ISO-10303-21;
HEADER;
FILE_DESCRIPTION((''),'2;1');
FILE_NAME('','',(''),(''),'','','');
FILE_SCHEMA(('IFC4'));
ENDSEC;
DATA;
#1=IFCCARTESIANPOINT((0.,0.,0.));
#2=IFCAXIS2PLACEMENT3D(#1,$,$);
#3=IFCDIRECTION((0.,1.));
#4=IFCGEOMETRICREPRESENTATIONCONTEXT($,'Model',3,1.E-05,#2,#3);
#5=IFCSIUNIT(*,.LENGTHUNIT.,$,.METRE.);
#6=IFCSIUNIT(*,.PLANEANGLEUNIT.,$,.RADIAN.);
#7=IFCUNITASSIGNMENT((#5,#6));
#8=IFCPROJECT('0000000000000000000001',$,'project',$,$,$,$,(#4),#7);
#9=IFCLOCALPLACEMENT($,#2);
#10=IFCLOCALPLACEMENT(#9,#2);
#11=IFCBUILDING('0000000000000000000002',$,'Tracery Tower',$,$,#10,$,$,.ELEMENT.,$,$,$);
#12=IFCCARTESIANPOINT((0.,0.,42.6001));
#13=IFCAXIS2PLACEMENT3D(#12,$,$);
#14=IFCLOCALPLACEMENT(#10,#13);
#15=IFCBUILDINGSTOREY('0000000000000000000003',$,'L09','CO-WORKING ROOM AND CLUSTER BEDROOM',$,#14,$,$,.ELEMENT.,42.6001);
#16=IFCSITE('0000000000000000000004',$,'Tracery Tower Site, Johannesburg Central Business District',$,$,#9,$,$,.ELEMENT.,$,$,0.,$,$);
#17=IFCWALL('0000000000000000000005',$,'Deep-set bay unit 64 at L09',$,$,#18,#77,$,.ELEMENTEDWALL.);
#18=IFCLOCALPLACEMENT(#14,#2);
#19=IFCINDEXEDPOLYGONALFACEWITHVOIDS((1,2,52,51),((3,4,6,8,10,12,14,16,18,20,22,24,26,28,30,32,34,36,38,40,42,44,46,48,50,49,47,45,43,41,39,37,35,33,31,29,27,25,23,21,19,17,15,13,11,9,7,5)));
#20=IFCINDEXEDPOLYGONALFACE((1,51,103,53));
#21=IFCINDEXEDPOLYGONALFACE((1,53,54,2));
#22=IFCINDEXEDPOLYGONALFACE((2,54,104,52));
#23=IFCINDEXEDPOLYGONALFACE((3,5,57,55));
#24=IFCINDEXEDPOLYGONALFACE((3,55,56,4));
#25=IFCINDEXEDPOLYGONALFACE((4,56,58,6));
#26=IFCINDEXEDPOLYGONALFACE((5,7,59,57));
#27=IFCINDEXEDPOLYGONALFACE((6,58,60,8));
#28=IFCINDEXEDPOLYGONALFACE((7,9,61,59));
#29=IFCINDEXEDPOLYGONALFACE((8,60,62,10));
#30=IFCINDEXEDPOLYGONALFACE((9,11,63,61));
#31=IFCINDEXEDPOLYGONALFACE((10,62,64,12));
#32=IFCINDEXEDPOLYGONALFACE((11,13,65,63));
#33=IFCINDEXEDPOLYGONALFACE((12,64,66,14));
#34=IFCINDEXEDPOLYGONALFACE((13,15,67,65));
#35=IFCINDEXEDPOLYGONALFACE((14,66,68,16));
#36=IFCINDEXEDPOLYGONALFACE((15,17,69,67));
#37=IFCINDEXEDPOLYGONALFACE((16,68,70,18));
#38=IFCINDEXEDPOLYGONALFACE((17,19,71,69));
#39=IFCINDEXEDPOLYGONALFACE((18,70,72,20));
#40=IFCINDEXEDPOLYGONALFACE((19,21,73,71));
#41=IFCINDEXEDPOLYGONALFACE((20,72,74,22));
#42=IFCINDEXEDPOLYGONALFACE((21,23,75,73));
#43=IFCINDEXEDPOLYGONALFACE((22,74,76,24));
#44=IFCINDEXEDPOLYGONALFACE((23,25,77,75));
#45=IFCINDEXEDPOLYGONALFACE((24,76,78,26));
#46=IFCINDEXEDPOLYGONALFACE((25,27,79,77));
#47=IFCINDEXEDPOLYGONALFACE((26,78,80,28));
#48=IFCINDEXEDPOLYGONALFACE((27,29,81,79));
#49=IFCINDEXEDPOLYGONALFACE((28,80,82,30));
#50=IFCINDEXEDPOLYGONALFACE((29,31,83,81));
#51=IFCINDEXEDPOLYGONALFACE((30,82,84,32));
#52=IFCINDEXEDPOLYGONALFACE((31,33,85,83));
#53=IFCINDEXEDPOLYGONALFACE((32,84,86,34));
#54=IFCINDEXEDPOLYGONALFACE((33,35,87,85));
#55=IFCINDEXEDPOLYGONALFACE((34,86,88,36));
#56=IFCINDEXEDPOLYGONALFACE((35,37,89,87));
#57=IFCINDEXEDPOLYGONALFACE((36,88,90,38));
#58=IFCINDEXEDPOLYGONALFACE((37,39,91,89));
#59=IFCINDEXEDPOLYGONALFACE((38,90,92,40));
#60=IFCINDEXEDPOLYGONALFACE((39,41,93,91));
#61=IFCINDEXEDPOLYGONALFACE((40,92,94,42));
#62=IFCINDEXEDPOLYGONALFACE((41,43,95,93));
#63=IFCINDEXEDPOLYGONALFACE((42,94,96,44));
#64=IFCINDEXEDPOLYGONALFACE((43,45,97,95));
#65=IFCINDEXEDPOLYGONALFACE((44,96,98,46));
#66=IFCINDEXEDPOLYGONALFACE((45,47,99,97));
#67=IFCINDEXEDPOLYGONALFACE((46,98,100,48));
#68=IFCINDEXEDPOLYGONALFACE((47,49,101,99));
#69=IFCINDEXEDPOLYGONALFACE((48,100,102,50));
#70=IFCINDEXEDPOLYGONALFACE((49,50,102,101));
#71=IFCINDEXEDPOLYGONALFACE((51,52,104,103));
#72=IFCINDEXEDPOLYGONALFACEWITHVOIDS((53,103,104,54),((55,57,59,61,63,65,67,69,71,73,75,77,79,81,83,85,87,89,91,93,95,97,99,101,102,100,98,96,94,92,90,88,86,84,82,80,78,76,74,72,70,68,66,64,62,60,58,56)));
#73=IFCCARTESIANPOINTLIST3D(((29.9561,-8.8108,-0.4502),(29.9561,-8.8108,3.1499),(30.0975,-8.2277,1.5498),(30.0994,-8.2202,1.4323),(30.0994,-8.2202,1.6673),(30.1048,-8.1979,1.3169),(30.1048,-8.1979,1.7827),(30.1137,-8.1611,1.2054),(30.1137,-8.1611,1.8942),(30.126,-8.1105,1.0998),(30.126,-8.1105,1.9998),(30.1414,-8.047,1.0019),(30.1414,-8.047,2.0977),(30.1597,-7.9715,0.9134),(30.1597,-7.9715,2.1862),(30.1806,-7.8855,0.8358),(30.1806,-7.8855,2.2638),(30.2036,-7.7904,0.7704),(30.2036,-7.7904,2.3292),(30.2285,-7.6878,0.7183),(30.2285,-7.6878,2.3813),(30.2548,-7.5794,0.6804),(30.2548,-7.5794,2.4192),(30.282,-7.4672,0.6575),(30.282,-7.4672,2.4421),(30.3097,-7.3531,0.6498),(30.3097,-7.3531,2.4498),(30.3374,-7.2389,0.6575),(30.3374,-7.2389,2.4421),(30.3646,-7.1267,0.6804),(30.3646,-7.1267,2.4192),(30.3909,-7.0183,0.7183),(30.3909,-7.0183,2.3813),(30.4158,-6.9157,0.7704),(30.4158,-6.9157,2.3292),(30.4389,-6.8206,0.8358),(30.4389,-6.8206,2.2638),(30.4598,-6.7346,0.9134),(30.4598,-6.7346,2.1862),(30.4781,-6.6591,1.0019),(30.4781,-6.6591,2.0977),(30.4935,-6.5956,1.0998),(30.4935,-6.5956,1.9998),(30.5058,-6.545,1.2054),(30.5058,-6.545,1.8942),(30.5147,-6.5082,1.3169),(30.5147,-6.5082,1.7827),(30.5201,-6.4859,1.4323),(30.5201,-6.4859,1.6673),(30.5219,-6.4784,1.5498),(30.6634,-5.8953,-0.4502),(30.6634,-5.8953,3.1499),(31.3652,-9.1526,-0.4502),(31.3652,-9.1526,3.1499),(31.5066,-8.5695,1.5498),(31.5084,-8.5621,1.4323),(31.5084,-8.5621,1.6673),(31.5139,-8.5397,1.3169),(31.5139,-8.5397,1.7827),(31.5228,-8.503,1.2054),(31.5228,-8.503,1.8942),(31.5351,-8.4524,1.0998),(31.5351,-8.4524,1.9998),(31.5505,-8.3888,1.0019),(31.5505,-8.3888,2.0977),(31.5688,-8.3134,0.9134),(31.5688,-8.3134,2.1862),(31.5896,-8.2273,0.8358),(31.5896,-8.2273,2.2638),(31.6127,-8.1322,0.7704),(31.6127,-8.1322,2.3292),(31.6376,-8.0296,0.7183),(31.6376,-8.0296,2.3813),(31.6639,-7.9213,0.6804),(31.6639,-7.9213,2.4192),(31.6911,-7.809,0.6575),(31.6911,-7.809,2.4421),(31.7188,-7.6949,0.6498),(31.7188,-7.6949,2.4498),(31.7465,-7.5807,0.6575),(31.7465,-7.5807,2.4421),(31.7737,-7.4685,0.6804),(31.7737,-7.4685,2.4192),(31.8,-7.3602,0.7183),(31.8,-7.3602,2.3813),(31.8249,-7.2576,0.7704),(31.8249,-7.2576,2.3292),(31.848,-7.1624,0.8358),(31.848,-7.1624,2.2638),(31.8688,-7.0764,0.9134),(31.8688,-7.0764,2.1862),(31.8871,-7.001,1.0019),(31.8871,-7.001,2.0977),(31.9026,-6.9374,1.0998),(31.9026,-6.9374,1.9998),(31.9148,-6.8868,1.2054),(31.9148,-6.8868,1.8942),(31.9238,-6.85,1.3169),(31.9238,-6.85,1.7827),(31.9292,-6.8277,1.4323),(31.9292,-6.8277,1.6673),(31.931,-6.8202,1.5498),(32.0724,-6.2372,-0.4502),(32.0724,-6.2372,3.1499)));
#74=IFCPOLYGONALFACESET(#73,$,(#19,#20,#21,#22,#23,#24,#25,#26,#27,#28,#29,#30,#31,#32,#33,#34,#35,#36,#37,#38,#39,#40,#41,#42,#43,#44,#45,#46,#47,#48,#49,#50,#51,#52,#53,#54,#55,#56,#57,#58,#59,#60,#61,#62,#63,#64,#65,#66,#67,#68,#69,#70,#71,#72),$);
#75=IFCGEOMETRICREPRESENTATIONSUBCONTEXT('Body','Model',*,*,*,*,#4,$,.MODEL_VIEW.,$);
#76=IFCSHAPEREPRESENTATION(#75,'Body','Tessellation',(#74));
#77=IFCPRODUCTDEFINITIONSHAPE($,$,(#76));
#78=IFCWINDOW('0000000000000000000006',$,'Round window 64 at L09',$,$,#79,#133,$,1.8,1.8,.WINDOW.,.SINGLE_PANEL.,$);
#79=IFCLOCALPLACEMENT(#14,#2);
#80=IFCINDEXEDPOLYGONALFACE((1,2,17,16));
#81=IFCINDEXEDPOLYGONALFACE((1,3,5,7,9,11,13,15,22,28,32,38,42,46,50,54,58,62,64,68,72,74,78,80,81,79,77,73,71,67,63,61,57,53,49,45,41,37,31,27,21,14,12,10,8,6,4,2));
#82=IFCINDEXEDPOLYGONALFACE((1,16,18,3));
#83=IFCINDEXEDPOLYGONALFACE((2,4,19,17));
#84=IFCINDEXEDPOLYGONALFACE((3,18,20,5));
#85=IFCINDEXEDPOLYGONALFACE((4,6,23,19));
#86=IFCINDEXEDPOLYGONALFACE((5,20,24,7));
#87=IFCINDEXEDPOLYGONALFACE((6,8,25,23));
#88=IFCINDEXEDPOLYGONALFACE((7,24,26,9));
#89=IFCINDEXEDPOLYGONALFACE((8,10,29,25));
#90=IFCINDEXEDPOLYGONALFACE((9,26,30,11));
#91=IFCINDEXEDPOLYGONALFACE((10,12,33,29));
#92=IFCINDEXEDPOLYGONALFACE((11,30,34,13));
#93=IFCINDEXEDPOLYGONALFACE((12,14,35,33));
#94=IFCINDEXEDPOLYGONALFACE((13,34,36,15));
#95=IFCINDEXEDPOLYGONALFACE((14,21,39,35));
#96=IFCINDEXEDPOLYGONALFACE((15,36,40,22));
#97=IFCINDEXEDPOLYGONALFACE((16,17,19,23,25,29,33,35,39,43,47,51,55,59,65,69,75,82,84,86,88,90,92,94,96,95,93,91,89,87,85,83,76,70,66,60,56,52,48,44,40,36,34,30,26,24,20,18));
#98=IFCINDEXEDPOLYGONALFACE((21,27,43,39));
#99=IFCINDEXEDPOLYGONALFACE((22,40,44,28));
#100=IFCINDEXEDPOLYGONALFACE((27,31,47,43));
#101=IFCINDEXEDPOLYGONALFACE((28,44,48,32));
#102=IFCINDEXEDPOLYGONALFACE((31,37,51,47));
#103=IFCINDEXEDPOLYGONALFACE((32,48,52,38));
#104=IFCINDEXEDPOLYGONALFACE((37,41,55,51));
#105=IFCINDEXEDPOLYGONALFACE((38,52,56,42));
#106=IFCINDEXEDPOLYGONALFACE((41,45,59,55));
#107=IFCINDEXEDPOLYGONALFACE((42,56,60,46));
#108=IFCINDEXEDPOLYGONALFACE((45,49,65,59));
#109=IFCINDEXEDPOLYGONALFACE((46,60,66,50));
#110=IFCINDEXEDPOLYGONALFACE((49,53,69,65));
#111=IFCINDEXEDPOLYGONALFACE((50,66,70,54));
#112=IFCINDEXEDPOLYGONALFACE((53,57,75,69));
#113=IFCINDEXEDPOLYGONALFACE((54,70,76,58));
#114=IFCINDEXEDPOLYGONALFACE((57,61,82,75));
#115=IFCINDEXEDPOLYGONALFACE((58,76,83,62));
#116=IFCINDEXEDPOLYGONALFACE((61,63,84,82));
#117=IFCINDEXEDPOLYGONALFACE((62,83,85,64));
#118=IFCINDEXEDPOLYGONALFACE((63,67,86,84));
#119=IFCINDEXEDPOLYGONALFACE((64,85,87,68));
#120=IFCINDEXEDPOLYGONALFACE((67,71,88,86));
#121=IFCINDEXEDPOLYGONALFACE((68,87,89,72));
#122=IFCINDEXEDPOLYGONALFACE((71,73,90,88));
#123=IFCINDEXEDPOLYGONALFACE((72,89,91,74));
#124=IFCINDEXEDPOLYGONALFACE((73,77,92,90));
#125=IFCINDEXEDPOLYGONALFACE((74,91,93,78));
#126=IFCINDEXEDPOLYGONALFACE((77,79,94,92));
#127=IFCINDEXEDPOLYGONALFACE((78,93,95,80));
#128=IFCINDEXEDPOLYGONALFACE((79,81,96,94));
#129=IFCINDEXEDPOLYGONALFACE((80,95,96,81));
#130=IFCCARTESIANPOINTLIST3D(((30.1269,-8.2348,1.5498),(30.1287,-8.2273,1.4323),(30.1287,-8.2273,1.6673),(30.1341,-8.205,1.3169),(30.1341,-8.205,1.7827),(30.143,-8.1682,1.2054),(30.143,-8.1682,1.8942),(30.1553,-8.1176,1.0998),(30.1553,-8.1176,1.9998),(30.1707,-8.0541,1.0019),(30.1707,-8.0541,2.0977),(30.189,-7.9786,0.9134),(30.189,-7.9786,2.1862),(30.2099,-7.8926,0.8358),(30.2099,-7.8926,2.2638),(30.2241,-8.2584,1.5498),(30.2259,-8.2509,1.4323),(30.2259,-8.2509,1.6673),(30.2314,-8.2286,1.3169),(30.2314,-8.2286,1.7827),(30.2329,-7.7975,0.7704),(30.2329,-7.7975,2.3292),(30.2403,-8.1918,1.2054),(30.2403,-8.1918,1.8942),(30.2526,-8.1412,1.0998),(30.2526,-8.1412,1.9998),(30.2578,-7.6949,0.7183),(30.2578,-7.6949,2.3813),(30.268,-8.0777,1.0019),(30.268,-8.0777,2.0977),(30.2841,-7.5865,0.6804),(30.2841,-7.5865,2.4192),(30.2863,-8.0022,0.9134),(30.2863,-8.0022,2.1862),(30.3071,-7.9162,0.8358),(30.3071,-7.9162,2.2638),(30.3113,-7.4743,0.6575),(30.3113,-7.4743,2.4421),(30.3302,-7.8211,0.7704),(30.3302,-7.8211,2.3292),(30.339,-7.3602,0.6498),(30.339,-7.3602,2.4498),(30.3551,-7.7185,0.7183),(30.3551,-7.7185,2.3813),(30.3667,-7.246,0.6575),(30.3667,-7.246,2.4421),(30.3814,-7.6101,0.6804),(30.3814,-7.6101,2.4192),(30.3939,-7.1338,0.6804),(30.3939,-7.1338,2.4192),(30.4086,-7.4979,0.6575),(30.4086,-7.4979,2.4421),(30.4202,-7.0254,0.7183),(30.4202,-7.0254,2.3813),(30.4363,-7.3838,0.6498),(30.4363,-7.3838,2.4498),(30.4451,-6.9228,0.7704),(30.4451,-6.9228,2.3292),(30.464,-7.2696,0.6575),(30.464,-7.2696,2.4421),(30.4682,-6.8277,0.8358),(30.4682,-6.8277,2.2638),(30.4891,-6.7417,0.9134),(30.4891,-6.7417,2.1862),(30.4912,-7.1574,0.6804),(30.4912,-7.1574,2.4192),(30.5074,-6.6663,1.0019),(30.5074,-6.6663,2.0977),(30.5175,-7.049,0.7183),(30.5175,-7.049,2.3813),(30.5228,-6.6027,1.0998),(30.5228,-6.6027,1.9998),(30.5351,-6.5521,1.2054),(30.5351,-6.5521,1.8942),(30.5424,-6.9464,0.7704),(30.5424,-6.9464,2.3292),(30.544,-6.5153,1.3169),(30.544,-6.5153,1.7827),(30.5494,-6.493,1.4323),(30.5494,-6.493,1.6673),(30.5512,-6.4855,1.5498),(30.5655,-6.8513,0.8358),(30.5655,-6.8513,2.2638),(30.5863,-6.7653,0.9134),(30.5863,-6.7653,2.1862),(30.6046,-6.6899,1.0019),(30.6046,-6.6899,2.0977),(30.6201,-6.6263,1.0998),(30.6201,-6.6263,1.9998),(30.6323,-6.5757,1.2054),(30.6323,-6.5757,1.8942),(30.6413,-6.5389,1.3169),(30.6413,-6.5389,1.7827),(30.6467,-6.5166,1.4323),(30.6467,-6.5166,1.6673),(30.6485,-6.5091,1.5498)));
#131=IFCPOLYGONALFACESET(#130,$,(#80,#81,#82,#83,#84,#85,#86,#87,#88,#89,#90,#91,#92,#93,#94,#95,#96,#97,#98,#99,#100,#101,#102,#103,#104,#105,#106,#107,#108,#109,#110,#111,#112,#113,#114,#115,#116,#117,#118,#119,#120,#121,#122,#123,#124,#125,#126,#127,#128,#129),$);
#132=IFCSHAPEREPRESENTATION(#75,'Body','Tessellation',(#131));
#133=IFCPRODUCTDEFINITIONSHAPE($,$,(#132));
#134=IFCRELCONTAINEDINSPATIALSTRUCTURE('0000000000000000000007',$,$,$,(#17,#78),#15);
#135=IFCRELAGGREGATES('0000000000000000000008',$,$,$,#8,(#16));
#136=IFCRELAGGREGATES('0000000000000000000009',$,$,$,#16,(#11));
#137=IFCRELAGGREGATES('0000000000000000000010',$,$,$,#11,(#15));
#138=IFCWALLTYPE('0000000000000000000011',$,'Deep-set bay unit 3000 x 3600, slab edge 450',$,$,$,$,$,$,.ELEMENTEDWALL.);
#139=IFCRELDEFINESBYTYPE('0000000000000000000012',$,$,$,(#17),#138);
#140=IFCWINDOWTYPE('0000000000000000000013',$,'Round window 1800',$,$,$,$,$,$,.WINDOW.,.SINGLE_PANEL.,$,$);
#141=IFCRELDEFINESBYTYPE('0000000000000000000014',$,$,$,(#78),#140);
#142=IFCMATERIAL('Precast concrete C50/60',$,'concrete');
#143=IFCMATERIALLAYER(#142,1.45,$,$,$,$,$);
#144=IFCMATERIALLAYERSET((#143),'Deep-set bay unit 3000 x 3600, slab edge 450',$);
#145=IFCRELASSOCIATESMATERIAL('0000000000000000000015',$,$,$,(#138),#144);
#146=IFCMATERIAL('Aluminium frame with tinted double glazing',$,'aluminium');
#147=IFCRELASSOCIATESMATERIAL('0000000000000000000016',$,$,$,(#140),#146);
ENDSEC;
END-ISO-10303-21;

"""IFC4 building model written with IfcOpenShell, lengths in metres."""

from ifc_helpers import new_model, si_unit, direction, frame, frame_2d, origin, origin_2d, place, context, subcontext, project, spatial, rectangle, circle, extrude, material, layer, layer_set, type_object, element, fill, save


model = new_model("IFC4")

# Units and contexts
model_context = context("Model", 3, precision=1e-05, world=origin(), true_north=direction((0.0, 1.0)))
body_context = subcontext(model_context, "Body", "Model", "MODEL_VIEW")
ifc_project = project(units=[si_unit("LENGTHUNIT", "METRE"), si_unit("PLANEANGLEUNIT", "RADIAN")], contexts=[model_context])

# Site, building, storey
site_placement = place(None, origin())
site = spatial("IfcSite", under=ifc_project, at=site_placement, Name="Tracery Tower Site, Johannesburg Central Business District", CompositionType="ELEMENT", RefElevation=0.0)
building_placement = place(site_placement, origin())
building = spatial("IfcBuilding", under=site, at=building_placement, Name="Tracery Tower", CompositionType="ELEMENT")
storey_placement = place(building_placement, frame((0.0, 0.0, 42.6001)))
storey = spatial("IfcBuildingStorey", under=building, at=storey_placement, Name="L09", Description="CO-WORKING ROOM AND CLUSTER BEDROOM", CompositionType="ELEMENT", Elevation=42.6001)

# Wall, opening, window
ifc_material_1 = material(Name="Precast concrete C50/60", Category="concrete")
ifc_layer_1 = layer(ifc_material_1, 1.45)
ifc_layer_set_1 = layer_set([ifc_layer_1], Name="Deep-set bay unit 3000 x 3600, slab edge 450")
wall_type_1 = type_object("IfcWallType", Name="Deep-set bay unit 3000 x 3600, slab edge 450", PredefinedType="ELEMENTEDWALL", material=ifc_layer_set_1)
ifc_material_2 = material(Name="Aluminium frame with tinted double glazing", Category="aluminium")
window_type = type_object("IfcWindowType", Name="Round window 1800", PartitioningType="SINGLE_PANEL", PredefinedType="WINDOW", material=ifc_material_2)
wall_1_placement = place(storey_placement, frame((30.6606, -8.9817, -0.4502), z_axis=(0.0, 0.0, 1.0), x_axis=(0.235751, 0.971813, 0.0)))
wall_1 = element("IfcWall", 1, at=wall_1_placement, inside=storey, type_object=wall_type_1, Name="Deep-set bay unit 64 at L09", PredefinedType="ELEMENTEDWALL", context=body_context, shape_type="SweptSolid", body=[
    extrude(rectangle(XDim=3.0, YDim=1.45, at=frame_2d((1.5, 0.0))), origin(), (0.0, 0.0, 1.0), 3.6001),
])
opening_1_placement = place(wall_1_placement, frame((1.5, 0.0, 2.0)))
opening_1 = element("IfcOpeningElement", 2, at=opening_1_placement, cuts=wall_1, PredefinedType="OPENING", context=body_context, shape_type="SweptSolid", body=[
    extrude(circle(Radius=0.9, at=origin_2d()), frame((0.0, 0.7349, 0.0), z_axis=(0.0, -1.0, 0.0), x_axis=(1.0, 0.0, 0.0)), (0.0, 0.0, 1.0), 1.47),
])
window_1_placement = place(opening_1_placement, origin())
window_1 = element("IfcWindow", 3, at=window_1_placement, inside=storey, type_object=window_type, Name="Round window 64 at L09", OverallHeight=1.8, OverallWidth=1.8, PartitioningType="SINGLE_PANEL", PredefinedType="WINDOW", context=body_context, shape_type="SweptSolid", body=[
    extrude(circle(Radius=0.9, at=origin_2d()), frame((0.0, 0.6948, 0.0), z_axis=(0.0, -1.0, 0.0), x_axis=(1.0, 0.0, 0.0)), (0.0, 0.0, 1.0), 0.1001),
])
fill(opening_1, window_1)

save(model, "model.ifc")
